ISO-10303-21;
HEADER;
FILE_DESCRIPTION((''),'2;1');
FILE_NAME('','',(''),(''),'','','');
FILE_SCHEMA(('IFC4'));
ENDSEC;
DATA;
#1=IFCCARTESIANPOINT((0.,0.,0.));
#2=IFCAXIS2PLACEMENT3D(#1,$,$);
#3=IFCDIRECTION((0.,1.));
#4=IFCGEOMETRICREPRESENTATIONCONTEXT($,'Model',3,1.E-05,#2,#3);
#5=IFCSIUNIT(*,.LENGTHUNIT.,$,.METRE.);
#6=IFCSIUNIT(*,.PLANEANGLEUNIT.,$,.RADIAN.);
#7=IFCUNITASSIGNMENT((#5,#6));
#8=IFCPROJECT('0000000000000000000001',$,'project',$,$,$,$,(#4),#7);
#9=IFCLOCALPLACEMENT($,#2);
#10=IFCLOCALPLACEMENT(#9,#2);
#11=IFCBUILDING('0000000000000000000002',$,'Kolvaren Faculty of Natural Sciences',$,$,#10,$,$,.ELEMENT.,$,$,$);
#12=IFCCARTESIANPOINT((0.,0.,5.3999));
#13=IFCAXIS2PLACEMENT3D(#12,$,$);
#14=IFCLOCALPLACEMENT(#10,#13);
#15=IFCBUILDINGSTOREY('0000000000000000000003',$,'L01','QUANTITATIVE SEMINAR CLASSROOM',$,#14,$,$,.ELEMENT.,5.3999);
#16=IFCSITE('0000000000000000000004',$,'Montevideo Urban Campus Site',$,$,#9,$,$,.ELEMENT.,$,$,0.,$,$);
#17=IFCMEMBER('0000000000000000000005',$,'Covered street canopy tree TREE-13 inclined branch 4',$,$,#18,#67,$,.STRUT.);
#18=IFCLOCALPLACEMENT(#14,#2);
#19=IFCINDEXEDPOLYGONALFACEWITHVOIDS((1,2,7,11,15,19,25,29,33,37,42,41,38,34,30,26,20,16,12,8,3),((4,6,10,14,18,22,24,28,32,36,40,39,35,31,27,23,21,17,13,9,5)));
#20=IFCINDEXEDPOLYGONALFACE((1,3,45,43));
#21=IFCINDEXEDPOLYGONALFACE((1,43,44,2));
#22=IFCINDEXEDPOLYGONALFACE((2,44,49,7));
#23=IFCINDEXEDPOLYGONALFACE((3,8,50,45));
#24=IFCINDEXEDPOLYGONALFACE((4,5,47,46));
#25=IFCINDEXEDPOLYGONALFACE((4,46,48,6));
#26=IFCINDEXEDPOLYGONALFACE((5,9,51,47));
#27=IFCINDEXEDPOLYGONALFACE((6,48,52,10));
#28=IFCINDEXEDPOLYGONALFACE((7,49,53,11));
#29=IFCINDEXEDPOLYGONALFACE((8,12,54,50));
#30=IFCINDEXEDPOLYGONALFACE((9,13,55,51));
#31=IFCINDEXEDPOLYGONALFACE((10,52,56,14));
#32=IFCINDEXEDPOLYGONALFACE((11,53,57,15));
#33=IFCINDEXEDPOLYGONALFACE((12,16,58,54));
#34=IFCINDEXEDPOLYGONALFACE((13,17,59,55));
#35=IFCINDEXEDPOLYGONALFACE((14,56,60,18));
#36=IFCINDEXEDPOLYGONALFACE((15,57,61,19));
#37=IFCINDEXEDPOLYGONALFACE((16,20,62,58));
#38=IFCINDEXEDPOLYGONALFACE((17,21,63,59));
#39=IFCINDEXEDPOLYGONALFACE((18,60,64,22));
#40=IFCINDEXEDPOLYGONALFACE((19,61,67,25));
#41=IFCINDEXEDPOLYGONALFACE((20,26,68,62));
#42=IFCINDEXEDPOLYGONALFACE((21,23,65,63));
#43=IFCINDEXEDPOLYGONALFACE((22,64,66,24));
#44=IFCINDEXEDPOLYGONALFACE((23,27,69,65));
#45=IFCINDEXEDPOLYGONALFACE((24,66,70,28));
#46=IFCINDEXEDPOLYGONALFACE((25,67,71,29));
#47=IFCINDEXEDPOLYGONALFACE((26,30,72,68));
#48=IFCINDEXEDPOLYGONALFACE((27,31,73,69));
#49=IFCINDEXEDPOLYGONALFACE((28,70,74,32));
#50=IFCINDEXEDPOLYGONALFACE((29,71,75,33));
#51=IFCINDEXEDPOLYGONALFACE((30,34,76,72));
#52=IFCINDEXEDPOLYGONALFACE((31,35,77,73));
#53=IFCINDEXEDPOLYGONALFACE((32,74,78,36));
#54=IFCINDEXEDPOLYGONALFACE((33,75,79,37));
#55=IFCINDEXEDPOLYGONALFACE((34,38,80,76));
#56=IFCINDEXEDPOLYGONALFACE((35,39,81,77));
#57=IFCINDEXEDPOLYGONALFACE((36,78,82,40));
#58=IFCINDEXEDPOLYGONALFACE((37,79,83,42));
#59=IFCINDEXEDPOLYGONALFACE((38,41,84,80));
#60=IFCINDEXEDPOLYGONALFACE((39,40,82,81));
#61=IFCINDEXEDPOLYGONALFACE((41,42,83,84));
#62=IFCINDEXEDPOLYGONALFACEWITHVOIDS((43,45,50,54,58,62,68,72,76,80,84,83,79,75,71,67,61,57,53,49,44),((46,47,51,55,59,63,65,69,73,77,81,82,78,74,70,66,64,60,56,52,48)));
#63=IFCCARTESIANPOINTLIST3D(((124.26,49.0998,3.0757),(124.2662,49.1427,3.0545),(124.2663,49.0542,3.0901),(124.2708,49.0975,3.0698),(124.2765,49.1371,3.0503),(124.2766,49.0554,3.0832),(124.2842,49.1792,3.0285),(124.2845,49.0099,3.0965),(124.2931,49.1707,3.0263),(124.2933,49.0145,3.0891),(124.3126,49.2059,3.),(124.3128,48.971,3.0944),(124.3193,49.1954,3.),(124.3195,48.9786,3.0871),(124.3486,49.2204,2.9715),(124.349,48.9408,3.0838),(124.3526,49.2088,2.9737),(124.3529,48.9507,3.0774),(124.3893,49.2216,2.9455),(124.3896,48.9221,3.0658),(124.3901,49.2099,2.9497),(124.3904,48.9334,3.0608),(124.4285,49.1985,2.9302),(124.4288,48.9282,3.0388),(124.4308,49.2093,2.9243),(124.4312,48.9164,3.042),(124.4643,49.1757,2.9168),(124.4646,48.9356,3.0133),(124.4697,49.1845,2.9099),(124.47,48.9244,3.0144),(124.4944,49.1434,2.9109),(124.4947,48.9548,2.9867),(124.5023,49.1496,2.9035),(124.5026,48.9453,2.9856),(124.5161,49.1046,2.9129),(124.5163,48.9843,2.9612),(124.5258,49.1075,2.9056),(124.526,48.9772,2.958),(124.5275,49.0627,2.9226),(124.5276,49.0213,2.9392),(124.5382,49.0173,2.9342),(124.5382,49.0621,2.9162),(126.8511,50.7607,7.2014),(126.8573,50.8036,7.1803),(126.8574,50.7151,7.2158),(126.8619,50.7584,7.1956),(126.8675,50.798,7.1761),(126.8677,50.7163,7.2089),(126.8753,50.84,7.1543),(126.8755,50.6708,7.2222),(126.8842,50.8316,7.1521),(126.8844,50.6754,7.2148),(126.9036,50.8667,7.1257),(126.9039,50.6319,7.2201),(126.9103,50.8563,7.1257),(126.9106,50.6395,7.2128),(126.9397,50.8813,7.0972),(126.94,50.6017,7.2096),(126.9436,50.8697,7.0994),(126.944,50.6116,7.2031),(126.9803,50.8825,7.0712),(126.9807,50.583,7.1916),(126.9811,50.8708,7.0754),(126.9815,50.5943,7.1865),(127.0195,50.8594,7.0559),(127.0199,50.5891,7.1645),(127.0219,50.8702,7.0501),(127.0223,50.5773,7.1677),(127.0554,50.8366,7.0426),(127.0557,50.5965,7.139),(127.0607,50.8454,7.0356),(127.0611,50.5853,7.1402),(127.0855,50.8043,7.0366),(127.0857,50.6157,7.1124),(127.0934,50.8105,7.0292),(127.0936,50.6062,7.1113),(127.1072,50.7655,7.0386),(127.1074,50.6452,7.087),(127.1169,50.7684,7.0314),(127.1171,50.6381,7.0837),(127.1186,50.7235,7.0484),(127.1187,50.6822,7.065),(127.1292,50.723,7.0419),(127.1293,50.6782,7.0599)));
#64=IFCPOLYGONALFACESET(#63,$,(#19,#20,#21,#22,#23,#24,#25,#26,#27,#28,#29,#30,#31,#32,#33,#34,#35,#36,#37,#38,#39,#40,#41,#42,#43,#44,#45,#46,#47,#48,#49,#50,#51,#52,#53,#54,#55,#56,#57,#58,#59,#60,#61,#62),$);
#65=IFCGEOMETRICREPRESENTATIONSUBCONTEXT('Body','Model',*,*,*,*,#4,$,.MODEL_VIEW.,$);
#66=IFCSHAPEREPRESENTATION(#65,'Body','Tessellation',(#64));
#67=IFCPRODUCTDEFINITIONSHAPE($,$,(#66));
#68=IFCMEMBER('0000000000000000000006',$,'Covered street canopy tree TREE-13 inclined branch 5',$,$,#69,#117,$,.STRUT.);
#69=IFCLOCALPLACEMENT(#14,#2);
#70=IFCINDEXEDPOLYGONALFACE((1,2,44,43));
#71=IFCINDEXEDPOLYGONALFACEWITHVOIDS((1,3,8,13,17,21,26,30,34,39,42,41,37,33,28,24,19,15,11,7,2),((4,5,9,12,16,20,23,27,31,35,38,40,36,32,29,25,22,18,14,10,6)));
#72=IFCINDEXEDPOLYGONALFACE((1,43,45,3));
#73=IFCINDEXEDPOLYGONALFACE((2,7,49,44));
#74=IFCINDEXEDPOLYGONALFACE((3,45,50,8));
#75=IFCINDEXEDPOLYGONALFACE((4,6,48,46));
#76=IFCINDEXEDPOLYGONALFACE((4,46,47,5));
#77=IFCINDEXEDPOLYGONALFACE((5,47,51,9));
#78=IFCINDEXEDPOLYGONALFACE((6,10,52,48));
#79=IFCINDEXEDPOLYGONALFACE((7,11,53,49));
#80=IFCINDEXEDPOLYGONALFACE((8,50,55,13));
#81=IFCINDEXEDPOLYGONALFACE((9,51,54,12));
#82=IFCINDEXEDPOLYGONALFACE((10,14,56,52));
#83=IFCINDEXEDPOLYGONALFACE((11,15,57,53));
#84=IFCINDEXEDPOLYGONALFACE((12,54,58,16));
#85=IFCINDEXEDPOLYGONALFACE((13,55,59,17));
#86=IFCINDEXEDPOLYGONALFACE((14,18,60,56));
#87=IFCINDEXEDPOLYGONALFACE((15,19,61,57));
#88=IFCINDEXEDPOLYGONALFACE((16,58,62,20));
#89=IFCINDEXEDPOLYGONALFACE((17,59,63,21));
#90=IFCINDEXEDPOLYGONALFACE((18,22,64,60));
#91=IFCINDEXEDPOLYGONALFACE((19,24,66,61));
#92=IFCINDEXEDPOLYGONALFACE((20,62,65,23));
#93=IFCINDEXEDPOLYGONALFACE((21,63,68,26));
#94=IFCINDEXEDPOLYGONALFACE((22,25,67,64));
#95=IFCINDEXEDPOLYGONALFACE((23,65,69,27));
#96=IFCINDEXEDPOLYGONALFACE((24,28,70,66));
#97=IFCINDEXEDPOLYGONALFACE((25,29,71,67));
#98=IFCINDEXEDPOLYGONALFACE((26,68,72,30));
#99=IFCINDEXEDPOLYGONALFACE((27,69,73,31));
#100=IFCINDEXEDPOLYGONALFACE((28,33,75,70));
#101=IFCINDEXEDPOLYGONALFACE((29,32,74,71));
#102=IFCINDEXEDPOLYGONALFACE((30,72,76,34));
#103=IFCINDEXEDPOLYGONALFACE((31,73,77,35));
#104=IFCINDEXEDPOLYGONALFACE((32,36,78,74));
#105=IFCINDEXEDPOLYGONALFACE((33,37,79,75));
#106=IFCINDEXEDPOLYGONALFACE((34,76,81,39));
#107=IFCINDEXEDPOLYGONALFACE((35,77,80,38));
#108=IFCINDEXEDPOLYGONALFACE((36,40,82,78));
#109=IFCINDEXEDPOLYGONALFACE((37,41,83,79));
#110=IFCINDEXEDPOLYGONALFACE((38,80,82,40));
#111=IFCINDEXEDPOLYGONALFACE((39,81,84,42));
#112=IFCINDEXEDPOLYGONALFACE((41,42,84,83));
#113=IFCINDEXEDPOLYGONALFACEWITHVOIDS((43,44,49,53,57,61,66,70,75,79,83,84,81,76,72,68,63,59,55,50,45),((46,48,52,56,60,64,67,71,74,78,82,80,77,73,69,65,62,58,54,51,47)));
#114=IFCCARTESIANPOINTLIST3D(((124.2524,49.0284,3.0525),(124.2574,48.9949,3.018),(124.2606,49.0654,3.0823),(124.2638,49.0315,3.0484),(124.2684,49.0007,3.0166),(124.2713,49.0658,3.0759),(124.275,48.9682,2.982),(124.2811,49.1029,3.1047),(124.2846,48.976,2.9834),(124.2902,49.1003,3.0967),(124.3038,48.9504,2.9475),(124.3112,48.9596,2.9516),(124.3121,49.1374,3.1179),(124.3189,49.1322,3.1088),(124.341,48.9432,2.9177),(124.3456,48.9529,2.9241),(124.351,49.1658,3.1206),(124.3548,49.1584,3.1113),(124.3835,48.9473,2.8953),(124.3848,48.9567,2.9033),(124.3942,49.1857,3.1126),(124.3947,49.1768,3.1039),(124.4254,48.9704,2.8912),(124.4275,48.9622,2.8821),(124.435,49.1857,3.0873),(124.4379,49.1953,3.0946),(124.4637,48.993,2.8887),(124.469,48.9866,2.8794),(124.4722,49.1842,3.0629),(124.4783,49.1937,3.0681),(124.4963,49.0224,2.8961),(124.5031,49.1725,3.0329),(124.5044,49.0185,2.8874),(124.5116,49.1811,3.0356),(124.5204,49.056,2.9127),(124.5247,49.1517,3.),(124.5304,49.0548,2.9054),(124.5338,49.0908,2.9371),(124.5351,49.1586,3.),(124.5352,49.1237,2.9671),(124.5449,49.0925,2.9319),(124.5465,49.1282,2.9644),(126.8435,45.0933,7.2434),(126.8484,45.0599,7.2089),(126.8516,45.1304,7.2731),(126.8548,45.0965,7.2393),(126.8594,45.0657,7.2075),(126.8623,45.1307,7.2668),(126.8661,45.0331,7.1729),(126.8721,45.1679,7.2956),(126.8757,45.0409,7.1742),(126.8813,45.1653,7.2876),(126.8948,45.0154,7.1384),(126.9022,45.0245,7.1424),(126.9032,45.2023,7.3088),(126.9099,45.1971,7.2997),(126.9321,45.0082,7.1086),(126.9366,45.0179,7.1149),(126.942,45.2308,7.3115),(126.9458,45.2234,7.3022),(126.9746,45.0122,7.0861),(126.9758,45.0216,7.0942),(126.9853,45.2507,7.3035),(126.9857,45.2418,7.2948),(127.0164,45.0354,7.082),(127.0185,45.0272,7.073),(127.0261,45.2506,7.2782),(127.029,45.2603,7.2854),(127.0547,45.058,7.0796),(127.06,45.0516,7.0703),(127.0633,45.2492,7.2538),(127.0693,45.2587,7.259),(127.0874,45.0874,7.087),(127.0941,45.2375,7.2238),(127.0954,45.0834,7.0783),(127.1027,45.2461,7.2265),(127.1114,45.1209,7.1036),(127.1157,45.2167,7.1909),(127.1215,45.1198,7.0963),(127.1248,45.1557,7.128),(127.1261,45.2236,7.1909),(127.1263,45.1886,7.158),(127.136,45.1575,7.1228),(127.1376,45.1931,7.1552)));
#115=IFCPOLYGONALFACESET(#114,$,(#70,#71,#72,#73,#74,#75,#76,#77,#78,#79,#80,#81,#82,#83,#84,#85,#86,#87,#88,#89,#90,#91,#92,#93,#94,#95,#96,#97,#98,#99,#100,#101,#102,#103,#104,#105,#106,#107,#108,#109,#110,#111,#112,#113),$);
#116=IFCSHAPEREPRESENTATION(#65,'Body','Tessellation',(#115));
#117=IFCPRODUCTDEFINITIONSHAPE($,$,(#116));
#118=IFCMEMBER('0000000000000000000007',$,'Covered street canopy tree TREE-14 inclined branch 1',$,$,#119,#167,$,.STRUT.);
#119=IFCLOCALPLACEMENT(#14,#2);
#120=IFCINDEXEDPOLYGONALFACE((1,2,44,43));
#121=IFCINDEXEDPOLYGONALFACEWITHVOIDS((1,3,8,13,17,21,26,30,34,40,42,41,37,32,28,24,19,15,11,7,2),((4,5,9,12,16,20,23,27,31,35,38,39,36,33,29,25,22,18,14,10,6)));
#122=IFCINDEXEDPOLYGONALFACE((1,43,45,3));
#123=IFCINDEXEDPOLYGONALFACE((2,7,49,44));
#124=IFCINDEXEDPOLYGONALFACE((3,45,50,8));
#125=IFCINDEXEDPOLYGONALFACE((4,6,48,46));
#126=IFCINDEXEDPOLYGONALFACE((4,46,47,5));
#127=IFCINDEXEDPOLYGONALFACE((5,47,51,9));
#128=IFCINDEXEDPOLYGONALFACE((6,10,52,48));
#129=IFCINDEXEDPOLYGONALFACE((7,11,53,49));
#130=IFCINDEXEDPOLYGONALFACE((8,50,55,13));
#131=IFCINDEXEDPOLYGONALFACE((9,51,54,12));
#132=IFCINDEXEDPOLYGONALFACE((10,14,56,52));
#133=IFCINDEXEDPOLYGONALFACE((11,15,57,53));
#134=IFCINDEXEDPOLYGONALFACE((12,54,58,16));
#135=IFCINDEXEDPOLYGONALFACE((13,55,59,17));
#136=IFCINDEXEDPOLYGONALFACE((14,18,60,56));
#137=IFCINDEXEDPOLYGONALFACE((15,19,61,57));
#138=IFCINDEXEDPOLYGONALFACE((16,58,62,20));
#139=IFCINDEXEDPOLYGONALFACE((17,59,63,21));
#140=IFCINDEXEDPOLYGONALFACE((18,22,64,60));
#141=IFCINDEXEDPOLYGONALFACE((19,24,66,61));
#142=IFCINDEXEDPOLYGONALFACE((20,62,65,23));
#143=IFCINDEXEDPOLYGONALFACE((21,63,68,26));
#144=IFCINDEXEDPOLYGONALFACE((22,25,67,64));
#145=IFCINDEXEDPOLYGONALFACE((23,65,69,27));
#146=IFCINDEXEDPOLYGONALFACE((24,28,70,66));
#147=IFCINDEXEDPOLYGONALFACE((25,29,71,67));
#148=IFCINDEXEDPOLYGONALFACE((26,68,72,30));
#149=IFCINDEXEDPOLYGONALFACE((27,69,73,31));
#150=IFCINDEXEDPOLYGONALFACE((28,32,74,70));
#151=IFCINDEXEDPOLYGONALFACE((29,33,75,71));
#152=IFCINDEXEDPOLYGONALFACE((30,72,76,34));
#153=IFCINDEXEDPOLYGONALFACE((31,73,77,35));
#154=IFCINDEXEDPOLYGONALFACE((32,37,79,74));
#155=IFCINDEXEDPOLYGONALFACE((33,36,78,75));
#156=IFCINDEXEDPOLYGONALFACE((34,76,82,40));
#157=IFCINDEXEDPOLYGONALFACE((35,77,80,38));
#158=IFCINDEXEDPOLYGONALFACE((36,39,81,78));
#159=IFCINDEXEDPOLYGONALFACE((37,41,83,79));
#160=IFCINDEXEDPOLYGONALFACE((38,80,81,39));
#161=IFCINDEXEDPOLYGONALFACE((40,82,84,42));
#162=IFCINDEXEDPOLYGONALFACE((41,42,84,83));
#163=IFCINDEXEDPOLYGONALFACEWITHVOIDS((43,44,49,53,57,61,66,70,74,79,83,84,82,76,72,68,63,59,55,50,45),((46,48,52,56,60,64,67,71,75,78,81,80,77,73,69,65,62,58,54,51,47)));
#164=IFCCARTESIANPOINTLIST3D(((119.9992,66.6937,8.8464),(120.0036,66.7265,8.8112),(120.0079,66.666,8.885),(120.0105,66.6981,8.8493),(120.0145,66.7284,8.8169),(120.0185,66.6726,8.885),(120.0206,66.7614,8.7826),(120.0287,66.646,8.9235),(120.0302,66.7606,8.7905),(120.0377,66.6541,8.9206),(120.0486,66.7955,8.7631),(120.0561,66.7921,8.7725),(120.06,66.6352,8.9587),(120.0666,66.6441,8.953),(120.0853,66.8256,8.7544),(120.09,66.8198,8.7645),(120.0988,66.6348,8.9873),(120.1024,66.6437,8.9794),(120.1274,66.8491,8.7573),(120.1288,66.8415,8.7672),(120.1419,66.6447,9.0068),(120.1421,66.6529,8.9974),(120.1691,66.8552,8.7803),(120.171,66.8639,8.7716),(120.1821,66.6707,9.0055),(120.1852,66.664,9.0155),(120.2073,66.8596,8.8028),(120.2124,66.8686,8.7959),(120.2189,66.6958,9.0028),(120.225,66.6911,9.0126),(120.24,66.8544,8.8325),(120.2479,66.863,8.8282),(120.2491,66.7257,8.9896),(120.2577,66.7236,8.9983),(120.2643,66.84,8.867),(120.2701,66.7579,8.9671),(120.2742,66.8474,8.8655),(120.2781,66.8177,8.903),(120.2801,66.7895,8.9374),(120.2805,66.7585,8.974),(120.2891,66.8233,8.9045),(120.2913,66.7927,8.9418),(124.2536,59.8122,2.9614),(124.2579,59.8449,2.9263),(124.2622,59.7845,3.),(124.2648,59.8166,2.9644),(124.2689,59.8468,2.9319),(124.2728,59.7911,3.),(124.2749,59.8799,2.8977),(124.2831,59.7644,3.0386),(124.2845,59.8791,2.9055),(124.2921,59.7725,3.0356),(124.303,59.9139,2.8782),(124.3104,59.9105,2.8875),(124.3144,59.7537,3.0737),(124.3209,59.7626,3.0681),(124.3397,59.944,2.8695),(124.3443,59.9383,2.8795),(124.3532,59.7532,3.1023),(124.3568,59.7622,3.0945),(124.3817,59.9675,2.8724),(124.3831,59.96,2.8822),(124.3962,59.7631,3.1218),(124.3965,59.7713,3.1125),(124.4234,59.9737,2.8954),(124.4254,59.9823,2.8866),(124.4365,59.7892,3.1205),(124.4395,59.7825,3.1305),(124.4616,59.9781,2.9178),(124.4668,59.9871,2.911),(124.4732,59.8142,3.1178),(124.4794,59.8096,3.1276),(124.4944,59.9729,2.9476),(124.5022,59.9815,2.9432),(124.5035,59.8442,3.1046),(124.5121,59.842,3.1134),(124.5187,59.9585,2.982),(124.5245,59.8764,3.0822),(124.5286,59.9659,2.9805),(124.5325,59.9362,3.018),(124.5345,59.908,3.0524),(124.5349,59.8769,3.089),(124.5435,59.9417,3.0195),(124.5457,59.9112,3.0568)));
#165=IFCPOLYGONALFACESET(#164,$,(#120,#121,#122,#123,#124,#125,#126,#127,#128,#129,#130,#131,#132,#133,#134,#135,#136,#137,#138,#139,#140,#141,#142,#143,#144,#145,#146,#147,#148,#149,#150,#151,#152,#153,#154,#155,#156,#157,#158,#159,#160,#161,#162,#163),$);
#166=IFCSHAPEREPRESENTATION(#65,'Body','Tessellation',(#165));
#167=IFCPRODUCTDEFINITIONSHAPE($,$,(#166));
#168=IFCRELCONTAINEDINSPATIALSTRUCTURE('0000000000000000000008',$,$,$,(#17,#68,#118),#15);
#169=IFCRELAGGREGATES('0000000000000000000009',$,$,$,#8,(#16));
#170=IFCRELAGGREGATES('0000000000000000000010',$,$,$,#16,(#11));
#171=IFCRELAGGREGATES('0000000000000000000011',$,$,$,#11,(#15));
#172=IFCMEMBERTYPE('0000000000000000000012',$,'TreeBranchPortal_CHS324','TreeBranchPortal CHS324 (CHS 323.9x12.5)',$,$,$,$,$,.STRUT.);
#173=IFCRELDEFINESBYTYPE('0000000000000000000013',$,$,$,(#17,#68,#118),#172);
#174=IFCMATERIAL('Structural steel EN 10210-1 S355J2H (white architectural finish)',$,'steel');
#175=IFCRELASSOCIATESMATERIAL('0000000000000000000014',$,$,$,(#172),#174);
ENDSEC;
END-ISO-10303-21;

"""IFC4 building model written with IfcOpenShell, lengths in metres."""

from ifc_helpers import new_model, si_unit, direction, frame, origin, origin_2d, place, context, subcontext, project, spatial, hollow_circle, extrude, material, material_profile, profile_set, type_object, element, save


model = new_model("IFC4")

# Units and contexts
model_context = context("Model", 3, precision=1e-05, world=origin(), true_north=direction((0.0, 1.0)))
body_context = subcontext(model_context, "Body", "Model", "MODEL_VIEW")
ifc_project = project(units=[si_unit("LENGTHUNIT", "METRE"), si_unit("PLANEANGLEUNIT", "RADIAN")], contexts=[model_context])

# Site, building, storey
site_placement = place(None, origin())
site = spatial("IfcSite", under=ifc_project, at=site_placement, Name="Montevideo Urban Campus Site", CompositionType="ELEMENT", RefElevation=0.0)
building_placement = place(site_placement, origin())
building = spatial("IfcBuilding", under=site, at=building_placement, Name="Kolvaren Faculty of Natural Sciences", CompositionType="ELEMENT")
storey_placement = place(building_placement, frame((0.0, 0.0, 5.3999)))
storey = spatial("IfcBuildingStorey", under=building, at=storey_placement, Name="L01", Description="QUANTITATIVE SEMINAR CLASSROOM", CompositionType="ELEMENT", Elevation=5.3999)

# Members
ifc_material_1 = material(Name="Structural steel EN 10210-1 S355J2H (white architectural finish)", Category="steel")
ifc_material_profile_1 = material_profile(ifc_material_1, hollow_circle(Radius=0.1619, WallThickness=0.0125, at=origin_2d()), Name="CHS 323.9x12.5")
ifc_profile_set_1 = profile_set([ifc_material_profile_1], Name="Structural steel EN 10210-1 S355J2H (white architectural finish)")
member_type_1 = type_object("IfcMemberType", Name="TreeBranchPortal_CHS324", Description="TreeBranchPortal CHS324 (CHS 323.9x12.5)", PredefinedType="STRUT", material=ifc_profile_set_1)
member_1_placement = place(storey_placement, frame((124.3999, 49.0696, 3.0), z_axis=(0.503391, 0.322677, 0.801546), x_axis=(-0.539655, 0.841887, 0.0)))
element("IfcMember", 1, at=member_1_placement, inside=storey, type_object=member_type_1, Name="Covered street canopy tree TREE-13 inclined branch 4", PredefinedType="STRUT", context=body_context, shape_type="SweptSolid", body=[
    extrude(hollow_circle(Radius=0.1619, WallThickness=0.0125, at=origin_2d()), origin(), (0.0, 0.0, 1.0), 5.1472),
])
member_2_placement = place(storey_placement, frame((124.3999, 49.0696, 3.0), z_axis=(0.410907, -0.624046, 0.664622), x_axis=(0.835202, 0.549944, 0.0)))
element("IfcMember", 2, at=member_2_placement, inside=storey, type_object=member_type_1, Name="Covered street canopy tree TREE-13 inclined branch 5", PredefinedType="STRUT", context=body_context, shape_type="SweptSolid", body=[
    extrude(hollow_circle(Radius=0.1619, WallThickness=0.0125, at=origin_2d()), origin(), (0.0, 0.0, 1.0), 6.3057),
])
member_3_placement = place(storey_placement, frame((124.3999, 59.8696, 3.0), z_axis=(-0.425249, 0.687851, 0.588238), x_axis=(-0.850577, -0.525851, 0.0)))
element("IfcMember", 3, at=member_3_placement, inside=storey, type_object=member_type_1, Name="Covered street canopy tree TREE-14 inclined branch 1", PredefinedType="STRUT", context=body_context, shape_type="SweptSolid", body=[
    extrude(hollow_circle(Radius=0.1619, WallThickness=0.0125, at=origin_2d()), origin(), (0.0, 0.0, 1.0), 10.0044),
])

save(model, "model.ifc")
